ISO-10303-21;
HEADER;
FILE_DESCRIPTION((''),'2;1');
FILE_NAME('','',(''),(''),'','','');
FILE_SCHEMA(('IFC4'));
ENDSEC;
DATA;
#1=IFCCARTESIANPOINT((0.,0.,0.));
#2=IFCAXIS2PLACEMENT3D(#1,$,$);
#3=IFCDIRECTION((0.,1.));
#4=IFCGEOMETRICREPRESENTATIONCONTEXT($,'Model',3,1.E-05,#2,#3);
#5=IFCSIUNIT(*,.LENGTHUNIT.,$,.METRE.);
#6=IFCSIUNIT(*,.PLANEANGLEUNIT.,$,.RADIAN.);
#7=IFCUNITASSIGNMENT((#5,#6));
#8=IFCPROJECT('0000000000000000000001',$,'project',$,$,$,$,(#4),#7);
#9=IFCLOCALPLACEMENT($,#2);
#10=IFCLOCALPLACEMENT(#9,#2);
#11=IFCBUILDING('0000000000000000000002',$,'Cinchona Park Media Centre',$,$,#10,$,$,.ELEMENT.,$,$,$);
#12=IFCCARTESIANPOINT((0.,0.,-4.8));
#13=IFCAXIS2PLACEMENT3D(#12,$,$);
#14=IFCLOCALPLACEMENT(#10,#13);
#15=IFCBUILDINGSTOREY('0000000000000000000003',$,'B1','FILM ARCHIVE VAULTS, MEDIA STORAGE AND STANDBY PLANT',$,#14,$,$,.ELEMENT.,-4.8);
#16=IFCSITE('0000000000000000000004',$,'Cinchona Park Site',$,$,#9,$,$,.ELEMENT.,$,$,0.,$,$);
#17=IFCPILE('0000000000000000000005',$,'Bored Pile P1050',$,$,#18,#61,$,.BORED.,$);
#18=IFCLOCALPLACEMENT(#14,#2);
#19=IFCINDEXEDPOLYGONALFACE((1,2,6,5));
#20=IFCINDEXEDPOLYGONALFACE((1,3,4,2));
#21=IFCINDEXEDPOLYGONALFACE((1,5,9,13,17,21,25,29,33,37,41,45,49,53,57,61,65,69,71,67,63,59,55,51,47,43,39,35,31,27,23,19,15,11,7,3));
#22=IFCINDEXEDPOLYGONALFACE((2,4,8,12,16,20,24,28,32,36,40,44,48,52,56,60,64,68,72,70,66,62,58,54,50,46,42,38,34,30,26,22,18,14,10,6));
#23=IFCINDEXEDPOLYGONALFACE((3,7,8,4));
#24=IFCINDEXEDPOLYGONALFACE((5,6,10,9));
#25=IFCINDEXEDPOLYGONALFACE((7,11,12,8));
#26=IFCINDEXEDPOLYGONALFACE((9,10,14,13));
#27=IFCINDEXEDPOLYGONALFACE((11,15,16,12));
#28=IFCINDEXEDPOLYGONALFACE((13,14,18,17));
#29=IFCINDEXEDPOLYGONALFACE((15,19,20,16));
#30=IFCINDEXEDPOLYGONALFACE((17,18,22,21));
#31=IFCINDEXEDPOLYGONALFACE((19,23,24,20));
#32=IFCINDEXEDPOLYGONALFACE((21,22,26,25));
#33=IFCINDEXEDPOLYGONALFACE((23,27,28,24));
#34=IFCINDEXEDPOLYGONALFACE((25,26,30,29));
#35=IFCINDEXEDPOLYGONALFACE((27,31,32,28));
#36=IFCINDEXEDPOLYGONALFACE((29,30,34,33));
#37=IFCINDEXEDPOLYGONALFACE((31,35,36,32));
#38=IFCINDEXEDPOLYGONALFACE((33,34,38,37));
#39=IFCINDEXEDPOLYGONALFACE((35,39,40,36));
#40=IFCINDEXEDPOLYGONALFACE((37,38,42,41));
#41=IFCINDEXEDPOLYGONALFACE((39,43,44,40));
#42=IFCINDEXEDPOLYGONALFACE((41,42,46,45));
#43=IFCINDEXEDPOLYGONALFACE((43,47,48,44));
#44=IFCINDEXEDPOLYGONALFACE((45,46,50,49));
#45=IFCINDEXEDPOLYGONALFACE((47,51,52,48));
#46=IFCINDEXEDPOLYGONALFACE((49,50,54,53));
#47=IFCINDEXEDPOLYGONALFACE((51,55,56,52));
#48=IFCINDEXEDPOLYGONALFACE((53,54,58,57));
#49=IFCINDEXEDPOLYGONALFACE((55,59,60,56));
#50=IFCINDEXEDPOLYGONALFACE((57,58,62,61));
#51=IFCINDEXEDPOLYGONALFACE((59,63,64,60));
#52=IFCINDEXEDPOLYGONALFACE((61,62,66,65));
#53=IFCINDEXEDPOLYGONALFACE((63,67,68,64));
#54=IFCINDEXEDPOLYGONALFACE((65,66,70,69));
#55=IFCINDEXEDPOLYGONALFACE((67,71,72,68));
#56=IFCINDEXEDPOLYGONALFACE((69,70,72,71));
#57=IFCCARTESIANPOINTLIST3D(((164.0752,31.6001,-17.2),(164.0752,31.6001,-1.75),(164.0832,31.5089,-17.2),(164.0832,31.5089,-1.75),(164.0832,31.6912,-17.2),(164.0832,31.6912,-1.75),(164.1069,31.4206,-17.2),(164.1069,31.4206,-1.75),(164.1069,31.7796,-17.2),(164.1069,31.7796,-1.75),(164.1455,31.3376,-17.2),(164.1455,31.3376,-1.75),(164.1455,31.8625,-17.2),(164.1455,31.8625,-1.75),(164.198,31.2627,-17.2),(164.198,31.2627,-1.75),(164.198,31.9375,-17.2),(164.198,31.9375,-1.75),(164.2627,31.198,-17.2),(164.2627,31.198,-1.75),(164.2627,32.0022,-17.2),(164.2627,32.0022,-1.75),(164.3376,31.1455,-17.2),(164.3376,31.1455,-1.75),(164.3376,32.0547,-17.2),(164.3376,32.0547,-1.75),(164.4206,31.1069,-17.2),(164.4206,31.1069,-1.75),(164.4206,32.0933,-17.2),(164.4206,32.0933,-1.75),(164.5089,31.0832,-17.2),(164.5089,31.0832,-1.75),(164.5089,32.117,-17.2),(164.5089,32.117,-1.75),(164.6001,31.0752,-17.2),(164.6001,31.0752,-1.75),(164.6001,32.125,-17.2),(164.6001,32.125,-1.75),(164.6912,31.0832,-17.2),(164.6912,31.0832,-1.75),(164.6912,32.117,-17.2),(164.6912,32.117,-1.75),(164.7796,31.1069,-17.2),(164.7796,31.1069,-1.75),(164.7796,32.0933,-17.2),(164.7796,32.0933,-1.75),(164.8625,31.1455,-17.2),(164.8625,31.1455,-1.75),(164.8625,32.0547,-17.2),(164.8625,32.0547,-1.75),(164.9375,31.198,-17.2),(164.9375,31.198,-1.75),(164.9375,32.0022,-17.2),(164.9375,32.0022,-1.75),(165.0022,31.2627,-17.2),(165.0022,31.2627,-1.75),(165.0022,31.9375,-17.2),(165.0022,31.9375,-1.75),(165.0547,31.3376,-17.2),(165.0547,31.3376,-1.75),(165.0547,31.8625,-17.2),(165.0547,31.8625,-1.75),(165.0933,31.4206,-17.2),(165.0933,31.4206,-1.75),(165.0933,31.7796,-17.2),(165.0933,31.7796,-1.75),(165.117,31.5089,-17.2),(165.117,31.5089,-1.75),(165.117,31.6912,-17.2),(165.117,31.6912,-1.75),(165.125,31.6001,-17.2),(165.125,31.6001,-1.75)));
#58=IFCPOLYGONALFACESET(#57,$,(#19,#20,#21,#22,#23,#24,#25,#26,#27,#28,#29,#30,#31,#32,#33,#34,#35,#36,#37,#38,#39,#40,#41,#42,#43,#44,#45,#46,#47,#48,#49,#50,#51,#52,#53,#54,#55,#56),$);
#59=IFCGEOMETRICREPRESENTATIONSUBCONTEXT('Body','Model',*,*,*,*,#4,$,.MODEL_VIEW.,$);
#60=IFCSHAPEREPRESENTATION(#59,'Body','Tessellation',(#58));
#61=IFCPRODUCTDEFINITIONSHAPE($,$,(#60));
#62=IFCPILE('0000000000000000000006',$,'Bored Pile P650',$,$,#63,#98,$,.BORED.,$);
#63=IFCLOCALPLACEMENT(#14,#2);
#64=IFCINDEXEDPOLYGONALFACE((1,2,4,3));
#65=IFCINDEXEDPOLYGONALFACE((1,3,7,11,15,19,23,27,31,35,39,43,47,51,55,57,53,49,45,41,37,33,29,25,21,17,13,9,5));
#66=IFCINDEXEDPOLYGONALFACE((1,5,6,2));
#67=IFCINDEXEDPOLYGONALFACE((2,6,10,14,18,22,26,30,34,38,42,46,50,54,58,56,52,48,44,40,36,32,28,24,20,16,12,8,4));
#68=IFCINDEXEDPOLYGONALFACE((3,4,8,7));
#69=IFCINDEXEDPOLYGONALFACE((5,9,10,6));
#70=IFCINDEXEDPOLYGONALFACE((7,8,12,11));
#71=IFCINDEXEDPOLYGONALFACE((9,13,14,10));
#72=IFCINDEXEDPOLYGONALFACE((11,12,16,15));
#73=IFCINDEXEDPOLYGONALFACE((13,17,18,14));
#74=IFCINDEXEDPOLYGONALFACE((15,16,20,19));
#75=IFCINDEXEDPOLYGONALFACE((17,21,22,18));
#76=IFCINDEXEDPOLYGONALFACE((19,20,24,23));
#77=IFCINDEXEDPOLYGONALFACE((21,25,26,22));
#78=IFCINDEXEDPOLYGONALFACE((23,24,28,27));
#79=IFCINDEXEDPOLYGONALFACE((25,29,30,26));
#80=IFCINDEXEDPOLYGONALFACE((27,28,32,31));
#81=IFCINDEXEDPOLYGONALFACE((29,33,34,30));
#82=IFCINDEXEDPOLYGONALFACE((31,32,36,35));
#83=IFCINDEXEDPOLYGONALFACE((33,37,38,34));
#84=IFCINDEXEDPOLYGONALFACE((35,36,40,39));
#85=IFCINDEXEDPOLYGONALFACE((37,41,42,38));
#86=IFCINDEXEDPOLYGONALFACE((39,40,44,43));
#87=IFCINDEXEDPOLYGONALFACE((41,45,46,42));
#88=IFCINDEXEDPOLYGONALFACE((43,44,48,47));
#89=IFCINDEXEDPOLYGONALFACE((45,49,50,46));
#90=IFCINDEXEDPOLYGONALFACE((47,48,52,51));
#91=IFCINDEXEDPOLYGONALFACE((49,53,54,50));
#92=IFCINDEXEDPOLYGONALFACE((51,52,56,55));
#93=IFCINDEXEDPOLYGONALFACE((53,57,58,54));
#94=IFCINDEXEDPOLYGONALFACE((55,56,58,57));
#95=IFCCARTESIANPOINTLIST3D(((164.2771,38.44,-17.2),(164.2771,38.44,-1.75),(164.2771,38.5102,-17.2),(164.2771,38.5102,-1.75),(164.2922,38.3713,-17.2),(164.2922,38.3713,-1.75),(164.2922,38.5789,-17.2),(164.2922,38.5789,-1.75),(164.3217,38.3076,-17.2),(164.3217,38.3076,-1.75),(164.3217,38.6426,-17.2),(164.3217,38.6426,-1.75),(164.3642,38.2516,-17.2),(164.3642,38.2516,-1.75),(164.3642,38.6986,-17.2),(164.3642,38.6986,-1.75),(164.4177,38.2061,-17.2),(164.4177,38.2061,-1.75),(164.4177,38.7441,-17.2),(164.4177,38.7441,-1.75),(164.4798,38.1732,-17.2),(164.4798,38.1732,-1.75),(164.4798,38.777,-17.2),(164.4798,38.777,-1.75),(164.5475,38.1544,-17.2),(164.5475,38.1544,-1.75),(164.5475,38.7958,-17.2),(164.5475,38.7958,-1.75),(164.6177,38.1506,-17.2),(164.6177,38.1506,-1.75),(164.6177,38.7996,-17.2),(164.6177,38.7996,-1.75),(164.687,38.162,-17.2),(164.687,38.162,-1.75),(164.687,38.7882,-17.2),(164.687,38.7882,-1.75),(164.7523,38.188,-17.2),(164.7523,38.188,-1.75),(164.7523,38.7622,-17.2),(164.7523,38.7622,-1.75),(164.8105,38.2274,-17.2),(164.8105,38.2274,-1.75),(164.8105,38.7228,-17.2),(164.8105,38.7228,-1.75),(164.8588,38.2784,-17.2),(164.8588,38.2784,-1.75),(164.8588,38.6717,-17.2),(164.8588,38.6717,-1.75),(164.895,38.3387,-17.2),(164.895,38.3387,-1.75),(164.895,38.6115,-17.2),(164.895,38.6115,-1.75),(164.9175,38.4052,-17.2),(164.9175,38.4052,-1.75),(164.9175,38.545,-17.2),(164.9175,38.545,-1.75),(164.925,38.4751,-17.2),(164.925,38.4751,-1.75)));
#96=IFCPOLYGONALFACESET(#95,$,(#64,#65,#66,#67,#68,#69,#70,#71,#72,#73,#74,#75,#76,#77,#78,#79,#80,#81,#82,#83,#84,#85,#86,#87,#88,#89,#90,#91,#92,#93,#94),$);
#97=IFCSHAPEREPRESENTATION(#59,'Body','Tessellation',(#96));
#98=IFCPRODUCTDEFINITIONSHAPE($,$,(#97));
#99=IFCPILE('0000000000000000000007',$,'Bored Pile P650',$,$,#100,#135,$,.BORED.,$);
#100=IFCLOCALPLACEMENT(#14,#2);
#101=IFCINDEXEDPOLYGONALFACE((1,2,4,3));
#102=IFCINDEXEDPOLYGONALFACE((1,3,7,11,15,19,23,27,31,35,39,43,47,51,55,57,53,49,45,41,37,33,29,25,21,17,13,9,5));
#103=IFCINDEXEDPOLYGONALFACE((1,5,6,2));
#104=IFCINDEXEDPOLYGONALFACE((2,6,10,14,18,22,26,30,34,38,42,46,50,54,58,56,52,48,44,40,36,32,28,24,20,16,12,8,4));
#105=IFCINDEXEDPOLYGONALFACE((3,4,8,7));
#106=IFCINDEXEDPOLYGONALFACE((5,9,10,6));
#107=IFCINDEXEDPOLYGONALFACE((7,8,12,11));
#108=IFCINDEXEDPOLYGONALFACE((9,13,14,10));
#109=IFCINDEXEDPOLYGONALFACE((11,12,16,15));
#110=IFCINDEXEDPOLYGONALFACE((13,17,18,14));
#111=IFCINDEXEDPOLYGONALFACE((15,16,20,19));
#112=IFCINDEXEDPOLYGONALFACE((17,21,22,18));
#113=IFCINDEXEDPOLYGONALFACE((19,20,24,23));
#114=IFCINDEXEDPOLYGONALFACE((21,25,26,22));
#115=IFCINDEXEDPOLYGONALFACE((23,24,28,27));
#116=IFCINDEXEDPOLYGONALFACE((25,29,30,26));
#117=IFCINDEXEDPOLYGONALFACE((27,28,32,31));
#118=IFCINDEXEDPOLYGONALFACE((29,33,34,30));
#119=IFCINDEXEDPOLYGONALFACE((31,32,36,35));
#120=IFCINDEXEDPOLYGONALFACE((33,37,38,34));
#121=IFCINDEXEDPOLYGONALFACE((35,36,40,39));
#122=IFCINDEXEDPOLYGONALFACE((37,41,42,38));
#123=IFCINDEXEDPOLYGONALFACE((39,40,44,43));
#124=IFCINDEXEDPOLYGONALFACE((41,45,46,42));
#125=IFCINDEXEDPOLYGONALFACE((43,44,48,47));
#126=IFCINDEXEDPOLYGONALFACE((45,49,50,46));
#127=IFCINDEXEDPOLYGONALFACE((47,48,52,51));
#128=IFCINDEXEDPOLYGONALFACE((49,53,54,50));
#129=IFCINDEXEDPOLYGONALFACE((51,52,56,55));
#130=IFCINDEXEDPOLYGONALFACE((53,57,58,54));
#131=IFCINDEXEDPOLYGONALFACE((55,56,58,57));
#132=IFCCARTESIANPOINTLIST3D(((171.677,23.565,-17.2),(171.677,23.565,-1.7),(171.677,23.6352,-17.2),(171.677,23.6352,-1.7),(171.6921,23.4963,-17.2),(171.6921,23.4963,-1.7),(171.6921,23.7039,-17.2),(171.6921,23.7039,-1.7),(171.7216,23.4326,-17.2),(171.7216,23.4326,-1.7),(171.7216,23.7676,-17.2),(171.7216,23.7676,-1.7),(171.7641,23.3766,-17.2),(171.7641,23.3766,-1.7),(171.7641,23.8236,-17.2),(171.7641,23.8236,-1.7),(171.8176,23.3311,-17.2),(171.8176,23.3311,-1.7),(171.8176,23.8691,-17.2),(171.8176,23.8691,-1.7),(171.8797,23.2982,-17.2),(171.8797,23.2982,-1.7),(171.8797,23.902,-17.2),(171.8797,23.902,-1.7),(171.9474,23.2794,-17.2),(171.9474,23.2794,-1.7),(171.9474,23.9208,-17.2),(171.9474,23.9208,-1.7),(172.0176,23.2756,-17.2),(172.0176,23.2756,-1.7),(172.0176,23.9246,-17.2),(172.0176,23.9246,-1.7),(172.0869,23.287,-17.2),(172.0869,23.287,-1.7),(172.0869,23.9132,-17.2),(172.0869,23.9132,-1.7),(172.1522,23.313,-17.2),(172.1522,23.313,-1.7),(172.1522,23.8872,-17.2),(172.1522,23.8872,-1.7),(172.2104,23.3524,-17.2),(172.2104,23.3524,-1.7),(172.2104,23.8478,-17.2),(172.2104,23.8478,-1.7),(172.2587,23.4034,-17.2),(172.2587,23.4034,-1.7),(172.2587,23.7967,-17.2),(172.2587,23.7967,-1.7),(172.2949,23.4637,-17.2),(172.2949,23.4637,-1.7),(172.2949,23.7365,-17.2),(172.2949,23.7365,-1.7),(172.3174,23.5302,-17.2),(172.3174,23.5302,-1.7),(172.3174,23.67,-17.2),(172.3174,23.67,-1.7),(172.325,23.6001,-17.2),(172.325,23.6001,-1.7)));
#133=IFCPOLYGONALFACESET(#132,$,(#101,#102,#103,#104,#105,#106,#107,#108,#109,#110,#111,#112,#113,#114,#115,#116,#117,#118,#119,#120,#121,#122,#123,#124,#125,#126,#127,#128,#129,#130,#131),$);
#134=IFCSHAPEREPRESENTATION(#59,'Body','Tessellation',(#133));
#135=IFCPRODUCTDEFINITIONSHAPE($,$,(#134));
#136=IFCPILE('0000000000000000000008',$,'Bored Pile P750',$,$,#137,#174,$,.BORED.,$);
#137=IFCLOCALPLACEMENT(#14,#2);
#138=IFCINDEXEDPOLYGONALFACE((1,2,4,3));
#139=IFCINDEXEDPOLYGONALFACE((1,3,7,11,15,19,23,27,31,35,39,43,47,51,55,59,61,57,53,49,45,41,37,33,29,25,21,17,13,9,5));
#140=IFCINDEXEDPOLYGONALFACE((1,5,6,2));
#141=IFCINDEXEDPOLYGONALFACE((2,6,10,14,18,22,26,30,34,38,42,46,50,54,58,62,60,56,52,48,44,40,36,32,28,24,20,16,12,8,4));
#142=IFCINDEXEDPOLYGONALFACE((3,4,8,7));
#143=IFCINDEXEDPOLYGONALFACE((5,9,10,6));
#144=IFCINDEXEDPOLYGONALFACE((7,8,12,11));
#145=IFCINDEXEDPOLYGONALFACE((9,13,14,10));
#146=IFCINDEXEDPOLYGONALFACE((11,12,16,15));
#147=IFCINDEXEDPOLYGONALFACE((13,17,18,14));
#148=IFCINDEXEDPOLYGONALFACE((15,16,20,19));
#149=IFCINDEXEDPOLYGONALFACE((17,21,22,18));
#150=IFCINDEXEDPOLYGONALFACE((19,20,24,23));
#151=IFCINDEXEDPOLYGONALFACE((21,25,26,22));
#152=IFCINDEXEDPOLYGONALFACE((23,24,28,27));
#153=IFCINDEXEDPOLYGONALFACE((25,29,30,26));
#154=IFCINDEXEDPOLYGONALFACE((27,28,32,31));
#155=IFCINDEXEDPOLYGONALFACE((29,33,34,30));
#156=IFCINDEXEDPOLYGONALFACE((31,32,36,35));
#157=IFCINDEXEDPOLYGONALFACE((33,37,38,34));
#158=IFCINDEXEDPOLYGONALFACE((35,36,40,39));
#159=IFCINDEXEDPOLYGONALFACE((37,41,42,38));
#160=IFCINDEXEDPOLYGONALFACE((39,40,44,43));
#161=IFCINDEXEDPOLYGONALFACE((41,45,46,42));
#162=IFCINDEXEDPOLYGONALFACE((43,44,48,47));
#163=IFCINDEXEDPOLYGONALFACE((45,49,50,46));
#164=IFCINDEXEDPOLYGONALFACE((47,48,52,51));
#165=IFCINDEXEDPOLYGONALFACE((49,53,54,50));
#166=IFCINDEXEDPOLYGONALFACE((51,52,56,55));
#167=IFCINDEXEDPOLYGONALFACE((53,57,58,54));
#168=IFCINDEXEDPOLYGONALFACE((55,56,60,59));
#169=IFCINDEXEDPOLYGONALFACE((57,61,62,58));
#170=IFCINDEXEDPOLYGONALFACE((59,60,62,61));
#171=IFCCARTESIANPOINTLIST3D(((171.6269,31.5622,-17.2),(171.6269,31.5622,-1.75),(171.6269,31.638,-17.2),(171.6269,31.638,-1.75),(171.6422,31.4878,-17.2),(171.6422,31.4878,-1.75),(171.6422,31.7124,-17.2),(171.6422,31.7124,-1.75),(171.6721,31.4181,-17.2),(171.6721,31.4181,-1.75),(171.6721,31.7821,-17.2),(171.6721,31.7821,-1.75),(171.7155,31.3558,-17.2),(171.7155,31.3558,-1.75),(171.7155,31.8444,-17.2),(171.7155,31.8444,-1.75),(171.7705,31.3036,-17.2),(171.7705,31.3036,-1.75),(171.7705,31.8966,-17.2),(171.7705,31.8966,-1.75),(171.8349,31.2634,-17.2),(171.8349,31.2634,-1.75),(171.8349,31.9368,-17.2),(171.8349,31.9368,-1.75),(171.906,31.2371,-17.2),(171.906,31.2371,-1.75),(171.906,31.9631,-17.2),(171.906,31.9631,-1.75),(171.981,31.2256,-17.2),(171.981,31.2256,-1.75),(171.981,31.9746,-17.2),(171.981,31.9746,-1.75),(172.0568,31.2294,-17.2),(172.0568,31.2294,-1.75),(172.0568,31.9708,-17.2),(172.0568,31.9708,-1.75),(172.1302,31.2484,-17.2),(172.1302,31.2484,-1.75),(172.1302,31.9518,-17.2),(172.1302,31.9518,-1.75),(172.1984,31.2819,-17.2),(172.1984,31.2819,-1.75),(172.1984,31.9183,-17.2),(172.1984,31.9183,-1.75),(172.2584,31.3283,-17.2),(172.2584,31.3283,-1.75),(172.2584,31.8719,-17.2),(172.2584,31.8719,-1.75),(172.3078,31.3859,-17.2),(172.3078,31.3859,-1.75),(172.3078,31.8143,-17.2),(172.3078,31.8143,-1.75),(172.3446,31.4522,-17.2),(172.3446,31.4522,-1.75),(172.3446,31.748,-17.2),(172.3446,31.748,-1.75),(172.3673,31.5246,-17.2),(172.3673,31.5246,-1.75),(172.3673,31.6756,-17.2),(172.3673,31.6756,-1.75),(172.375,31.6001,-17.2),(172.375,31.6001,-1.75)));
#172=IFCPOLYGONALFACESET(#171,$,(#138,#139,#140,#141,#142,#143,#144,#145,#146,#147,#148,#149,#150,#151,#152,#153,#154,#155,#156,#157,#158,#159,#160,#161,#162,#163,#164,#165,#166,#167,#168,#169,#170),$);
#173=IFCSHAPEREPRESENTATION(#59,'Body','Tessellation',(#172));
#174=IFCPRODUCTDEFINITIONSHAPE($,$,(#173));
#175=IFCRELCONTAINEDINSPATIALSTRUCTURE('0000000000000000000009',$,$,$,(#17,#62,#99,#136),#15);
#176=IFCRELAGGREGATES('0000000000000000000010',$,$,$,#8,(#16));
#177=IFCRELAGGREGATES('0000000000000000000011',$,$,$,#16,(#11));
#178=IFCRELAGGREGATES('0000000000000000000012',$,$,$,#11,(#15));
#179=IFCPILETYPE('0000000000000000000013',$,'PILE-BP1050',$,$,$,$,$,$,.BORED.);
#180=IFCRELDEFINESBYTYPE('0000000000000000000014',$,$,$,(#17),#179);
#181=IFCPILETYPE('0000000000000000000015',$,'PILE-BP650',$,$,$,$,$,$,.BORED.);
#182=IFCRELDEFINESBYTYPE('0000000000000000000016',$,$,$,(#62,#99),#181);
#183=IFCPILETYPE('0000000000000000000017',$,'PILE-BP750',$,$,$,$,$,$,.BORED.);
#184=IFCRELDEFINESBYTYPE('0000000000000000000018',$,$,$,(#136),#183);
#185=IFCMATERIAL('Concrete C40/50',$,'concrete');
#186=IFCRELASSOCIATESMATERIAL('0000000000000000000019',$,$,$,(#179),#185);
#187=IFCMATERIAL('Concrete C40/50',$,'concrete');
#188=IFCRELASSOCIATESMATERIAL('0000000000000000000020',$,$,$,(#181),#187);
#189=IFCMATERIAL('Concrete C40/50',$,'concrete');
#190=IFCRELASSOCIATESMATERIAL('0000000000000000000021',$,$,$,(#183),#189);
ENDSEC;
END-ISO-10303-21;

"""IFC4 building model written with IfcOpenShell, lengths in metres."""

from ifc_helpers import new_model, si_unit, direction, frame, origin, origin_2d, place, context, subcontext, project, spatial, circle, extrude, material, material_profile, profile_set, type_object, element, save


model = new_model("IFC4")

# Units and contexts
model_context = context("Model", 3, precision=1e-05, world=origin(), true_north=direction((0.0, 1.0)))
body_context = subcontext(model_context, "Body", "Model", "MODEL_VIEW")
ifc_project = project(units=[si_unit("LENGTHUNIT", "METRE"), si_unit("PLANEANGLEUNIT", "RADIAN")], contexts=[model_context])

# Site, building, storey
site_placement = place(None, origin())
site = spatial("IfcSite", under=ifc_project, at=site_placement, Name="Cinchona Park Site", CompositionType="ELEMENT", RefElevation=0.0)
building_placement = place(site_placement, origin())
building = spatial("IfcBuilding", under=site, at=building_placement, Name="Cinchona Park Media Centre", CompositionType="ELEMENT")
storey_placement = place(building_placement, frame((0.0, 0.0, -4.8)))
storey = spatial("IfcBuildingStorey", under=building, at=storey_placement, Name="B1", Description="FILM ARCHIVE VAULTS, MEDIA STORAGE AND STANDBY PLANT", CompositionType="ELEMENT", Elevation=-4.8)

# Piles
ifc_material_1 = material(Name="Concrete C40/50", Category="concrete")
ifc_material_profile_1 = material_profile(ifc_material_1, circle(Radius=0.5249, at=origin_2d()), Name="BORED PILE 1050")
ifc_profile_set_1 = profile_set([ifc_material_profile_1], Name="Concrete C40/50")
pile_type_1 = type_object("IfcPileType", Name="PILE-BP1050", PredefinedType="BORED", material=ifc_profile_set_1)
pile_1_placement = place(storey_placement, frame((164.6001, 31.6001, -1.75), z_axis=(0.0, 0.0, -1.0), x_axis=(1.0, 0.0, 0.0)))
element("IfcPile", 1, at=pile_1_placement, inside=storey, type_object=pile_type_1, Name="Bored Pile P1050", PredefinedType="BORED", context=body_context, shape_type="SweptSolid", body=[
    extrude(circle(Radius=0.5249, at=origin_2d()), origin(), (0.0, 0.0, 1.0), 15.45),
])
ifc_material_2 = material(Name="Concrete C40/50", Category="concrete")
ifc_material_profile_2 = material_profile(ifc_material_2, circle(Radius=0.325, at=origin_2d()), Name="BORED PILE 650")
ifc_profile_set_2 = profile_set([ifc_material_profile_2], Name="Concrete C40/50")
pile_type_2 = type_object("IfcPileType", Name="PILE-BP650", PredefinedType="BORED", material=ifc_profile_set_2)
pile_2_placement = place(storey_placement, frame((164.6001, 38.4751, -1.75), z_axis=(0.0, 0.0, -1.0), x_axis=(1.0, 0.0, 0.0)))
element("IfcPile", 2, at=pile_2_placement, inside=storey, type_object=pile_type_2, Name="Bored Pile P650", PredefinedType="BORED", context=body_context, shape_type="SweptSolid", body=[
    extrude(circle(Radius=0.325, at=origin_2d()), origin(), (0.0, 0.0, 1.0), 15.45),
])
pile_3_placement = place(storey_placement, frame((172.0, 23.6001, -1.7), z_axis=(0.0, 0.0, -1.0), x_axis=(1.0, 0.0, 0.0)))
element("IfcPile", 3, at=pile_3_placement, inside=storey, type_object=pile_type_2, Name="Bored Pile P650", PredefinedType="BORED", context=body_context, shape_type="SweptSolid", body=[
    extrude(circle(Radius=0.325, at=origin_2d()), origin(), (0.0, 0.0, 1.0), 15.5),
])
ifc_material_3 = material(Name="Concrete C40/50", Category="concrete")
ifc_material_profile_3 = material_profile(ifc_material_3, circle(Radius=0.375, at=origin_2d()), Name="BORED PILE 750")
ifc_profile_set_3 = profile_set([ifc_material_profile_3], Name="Concrete C40/50")
pile_type_3 = type_object("IfcPileType", Name="PILE-BP750", PredefinedType="BORED", material=ifc_profile_set_3)
pile_4_placement = place(storey_placement, frame((172.0, 31.6001, -1.75), z_axis=(0.0, 0.0, -1.0), x_axis=(1.0, 0.0, 0.0)))
element("IfcPile", 4, at=pile_4_placement, inside=storey, type_object=pile_type_3, Name="Bored Pile P750", PredefinedType="BORED", context=body_context, shape_type="SweptSolid", body=[
    extrude(circle(Radius=0.375, at=origin_2d()), origin(), (0.0, 0.0, 1.0), 15.45),
])

save(model, "model.ifc")
